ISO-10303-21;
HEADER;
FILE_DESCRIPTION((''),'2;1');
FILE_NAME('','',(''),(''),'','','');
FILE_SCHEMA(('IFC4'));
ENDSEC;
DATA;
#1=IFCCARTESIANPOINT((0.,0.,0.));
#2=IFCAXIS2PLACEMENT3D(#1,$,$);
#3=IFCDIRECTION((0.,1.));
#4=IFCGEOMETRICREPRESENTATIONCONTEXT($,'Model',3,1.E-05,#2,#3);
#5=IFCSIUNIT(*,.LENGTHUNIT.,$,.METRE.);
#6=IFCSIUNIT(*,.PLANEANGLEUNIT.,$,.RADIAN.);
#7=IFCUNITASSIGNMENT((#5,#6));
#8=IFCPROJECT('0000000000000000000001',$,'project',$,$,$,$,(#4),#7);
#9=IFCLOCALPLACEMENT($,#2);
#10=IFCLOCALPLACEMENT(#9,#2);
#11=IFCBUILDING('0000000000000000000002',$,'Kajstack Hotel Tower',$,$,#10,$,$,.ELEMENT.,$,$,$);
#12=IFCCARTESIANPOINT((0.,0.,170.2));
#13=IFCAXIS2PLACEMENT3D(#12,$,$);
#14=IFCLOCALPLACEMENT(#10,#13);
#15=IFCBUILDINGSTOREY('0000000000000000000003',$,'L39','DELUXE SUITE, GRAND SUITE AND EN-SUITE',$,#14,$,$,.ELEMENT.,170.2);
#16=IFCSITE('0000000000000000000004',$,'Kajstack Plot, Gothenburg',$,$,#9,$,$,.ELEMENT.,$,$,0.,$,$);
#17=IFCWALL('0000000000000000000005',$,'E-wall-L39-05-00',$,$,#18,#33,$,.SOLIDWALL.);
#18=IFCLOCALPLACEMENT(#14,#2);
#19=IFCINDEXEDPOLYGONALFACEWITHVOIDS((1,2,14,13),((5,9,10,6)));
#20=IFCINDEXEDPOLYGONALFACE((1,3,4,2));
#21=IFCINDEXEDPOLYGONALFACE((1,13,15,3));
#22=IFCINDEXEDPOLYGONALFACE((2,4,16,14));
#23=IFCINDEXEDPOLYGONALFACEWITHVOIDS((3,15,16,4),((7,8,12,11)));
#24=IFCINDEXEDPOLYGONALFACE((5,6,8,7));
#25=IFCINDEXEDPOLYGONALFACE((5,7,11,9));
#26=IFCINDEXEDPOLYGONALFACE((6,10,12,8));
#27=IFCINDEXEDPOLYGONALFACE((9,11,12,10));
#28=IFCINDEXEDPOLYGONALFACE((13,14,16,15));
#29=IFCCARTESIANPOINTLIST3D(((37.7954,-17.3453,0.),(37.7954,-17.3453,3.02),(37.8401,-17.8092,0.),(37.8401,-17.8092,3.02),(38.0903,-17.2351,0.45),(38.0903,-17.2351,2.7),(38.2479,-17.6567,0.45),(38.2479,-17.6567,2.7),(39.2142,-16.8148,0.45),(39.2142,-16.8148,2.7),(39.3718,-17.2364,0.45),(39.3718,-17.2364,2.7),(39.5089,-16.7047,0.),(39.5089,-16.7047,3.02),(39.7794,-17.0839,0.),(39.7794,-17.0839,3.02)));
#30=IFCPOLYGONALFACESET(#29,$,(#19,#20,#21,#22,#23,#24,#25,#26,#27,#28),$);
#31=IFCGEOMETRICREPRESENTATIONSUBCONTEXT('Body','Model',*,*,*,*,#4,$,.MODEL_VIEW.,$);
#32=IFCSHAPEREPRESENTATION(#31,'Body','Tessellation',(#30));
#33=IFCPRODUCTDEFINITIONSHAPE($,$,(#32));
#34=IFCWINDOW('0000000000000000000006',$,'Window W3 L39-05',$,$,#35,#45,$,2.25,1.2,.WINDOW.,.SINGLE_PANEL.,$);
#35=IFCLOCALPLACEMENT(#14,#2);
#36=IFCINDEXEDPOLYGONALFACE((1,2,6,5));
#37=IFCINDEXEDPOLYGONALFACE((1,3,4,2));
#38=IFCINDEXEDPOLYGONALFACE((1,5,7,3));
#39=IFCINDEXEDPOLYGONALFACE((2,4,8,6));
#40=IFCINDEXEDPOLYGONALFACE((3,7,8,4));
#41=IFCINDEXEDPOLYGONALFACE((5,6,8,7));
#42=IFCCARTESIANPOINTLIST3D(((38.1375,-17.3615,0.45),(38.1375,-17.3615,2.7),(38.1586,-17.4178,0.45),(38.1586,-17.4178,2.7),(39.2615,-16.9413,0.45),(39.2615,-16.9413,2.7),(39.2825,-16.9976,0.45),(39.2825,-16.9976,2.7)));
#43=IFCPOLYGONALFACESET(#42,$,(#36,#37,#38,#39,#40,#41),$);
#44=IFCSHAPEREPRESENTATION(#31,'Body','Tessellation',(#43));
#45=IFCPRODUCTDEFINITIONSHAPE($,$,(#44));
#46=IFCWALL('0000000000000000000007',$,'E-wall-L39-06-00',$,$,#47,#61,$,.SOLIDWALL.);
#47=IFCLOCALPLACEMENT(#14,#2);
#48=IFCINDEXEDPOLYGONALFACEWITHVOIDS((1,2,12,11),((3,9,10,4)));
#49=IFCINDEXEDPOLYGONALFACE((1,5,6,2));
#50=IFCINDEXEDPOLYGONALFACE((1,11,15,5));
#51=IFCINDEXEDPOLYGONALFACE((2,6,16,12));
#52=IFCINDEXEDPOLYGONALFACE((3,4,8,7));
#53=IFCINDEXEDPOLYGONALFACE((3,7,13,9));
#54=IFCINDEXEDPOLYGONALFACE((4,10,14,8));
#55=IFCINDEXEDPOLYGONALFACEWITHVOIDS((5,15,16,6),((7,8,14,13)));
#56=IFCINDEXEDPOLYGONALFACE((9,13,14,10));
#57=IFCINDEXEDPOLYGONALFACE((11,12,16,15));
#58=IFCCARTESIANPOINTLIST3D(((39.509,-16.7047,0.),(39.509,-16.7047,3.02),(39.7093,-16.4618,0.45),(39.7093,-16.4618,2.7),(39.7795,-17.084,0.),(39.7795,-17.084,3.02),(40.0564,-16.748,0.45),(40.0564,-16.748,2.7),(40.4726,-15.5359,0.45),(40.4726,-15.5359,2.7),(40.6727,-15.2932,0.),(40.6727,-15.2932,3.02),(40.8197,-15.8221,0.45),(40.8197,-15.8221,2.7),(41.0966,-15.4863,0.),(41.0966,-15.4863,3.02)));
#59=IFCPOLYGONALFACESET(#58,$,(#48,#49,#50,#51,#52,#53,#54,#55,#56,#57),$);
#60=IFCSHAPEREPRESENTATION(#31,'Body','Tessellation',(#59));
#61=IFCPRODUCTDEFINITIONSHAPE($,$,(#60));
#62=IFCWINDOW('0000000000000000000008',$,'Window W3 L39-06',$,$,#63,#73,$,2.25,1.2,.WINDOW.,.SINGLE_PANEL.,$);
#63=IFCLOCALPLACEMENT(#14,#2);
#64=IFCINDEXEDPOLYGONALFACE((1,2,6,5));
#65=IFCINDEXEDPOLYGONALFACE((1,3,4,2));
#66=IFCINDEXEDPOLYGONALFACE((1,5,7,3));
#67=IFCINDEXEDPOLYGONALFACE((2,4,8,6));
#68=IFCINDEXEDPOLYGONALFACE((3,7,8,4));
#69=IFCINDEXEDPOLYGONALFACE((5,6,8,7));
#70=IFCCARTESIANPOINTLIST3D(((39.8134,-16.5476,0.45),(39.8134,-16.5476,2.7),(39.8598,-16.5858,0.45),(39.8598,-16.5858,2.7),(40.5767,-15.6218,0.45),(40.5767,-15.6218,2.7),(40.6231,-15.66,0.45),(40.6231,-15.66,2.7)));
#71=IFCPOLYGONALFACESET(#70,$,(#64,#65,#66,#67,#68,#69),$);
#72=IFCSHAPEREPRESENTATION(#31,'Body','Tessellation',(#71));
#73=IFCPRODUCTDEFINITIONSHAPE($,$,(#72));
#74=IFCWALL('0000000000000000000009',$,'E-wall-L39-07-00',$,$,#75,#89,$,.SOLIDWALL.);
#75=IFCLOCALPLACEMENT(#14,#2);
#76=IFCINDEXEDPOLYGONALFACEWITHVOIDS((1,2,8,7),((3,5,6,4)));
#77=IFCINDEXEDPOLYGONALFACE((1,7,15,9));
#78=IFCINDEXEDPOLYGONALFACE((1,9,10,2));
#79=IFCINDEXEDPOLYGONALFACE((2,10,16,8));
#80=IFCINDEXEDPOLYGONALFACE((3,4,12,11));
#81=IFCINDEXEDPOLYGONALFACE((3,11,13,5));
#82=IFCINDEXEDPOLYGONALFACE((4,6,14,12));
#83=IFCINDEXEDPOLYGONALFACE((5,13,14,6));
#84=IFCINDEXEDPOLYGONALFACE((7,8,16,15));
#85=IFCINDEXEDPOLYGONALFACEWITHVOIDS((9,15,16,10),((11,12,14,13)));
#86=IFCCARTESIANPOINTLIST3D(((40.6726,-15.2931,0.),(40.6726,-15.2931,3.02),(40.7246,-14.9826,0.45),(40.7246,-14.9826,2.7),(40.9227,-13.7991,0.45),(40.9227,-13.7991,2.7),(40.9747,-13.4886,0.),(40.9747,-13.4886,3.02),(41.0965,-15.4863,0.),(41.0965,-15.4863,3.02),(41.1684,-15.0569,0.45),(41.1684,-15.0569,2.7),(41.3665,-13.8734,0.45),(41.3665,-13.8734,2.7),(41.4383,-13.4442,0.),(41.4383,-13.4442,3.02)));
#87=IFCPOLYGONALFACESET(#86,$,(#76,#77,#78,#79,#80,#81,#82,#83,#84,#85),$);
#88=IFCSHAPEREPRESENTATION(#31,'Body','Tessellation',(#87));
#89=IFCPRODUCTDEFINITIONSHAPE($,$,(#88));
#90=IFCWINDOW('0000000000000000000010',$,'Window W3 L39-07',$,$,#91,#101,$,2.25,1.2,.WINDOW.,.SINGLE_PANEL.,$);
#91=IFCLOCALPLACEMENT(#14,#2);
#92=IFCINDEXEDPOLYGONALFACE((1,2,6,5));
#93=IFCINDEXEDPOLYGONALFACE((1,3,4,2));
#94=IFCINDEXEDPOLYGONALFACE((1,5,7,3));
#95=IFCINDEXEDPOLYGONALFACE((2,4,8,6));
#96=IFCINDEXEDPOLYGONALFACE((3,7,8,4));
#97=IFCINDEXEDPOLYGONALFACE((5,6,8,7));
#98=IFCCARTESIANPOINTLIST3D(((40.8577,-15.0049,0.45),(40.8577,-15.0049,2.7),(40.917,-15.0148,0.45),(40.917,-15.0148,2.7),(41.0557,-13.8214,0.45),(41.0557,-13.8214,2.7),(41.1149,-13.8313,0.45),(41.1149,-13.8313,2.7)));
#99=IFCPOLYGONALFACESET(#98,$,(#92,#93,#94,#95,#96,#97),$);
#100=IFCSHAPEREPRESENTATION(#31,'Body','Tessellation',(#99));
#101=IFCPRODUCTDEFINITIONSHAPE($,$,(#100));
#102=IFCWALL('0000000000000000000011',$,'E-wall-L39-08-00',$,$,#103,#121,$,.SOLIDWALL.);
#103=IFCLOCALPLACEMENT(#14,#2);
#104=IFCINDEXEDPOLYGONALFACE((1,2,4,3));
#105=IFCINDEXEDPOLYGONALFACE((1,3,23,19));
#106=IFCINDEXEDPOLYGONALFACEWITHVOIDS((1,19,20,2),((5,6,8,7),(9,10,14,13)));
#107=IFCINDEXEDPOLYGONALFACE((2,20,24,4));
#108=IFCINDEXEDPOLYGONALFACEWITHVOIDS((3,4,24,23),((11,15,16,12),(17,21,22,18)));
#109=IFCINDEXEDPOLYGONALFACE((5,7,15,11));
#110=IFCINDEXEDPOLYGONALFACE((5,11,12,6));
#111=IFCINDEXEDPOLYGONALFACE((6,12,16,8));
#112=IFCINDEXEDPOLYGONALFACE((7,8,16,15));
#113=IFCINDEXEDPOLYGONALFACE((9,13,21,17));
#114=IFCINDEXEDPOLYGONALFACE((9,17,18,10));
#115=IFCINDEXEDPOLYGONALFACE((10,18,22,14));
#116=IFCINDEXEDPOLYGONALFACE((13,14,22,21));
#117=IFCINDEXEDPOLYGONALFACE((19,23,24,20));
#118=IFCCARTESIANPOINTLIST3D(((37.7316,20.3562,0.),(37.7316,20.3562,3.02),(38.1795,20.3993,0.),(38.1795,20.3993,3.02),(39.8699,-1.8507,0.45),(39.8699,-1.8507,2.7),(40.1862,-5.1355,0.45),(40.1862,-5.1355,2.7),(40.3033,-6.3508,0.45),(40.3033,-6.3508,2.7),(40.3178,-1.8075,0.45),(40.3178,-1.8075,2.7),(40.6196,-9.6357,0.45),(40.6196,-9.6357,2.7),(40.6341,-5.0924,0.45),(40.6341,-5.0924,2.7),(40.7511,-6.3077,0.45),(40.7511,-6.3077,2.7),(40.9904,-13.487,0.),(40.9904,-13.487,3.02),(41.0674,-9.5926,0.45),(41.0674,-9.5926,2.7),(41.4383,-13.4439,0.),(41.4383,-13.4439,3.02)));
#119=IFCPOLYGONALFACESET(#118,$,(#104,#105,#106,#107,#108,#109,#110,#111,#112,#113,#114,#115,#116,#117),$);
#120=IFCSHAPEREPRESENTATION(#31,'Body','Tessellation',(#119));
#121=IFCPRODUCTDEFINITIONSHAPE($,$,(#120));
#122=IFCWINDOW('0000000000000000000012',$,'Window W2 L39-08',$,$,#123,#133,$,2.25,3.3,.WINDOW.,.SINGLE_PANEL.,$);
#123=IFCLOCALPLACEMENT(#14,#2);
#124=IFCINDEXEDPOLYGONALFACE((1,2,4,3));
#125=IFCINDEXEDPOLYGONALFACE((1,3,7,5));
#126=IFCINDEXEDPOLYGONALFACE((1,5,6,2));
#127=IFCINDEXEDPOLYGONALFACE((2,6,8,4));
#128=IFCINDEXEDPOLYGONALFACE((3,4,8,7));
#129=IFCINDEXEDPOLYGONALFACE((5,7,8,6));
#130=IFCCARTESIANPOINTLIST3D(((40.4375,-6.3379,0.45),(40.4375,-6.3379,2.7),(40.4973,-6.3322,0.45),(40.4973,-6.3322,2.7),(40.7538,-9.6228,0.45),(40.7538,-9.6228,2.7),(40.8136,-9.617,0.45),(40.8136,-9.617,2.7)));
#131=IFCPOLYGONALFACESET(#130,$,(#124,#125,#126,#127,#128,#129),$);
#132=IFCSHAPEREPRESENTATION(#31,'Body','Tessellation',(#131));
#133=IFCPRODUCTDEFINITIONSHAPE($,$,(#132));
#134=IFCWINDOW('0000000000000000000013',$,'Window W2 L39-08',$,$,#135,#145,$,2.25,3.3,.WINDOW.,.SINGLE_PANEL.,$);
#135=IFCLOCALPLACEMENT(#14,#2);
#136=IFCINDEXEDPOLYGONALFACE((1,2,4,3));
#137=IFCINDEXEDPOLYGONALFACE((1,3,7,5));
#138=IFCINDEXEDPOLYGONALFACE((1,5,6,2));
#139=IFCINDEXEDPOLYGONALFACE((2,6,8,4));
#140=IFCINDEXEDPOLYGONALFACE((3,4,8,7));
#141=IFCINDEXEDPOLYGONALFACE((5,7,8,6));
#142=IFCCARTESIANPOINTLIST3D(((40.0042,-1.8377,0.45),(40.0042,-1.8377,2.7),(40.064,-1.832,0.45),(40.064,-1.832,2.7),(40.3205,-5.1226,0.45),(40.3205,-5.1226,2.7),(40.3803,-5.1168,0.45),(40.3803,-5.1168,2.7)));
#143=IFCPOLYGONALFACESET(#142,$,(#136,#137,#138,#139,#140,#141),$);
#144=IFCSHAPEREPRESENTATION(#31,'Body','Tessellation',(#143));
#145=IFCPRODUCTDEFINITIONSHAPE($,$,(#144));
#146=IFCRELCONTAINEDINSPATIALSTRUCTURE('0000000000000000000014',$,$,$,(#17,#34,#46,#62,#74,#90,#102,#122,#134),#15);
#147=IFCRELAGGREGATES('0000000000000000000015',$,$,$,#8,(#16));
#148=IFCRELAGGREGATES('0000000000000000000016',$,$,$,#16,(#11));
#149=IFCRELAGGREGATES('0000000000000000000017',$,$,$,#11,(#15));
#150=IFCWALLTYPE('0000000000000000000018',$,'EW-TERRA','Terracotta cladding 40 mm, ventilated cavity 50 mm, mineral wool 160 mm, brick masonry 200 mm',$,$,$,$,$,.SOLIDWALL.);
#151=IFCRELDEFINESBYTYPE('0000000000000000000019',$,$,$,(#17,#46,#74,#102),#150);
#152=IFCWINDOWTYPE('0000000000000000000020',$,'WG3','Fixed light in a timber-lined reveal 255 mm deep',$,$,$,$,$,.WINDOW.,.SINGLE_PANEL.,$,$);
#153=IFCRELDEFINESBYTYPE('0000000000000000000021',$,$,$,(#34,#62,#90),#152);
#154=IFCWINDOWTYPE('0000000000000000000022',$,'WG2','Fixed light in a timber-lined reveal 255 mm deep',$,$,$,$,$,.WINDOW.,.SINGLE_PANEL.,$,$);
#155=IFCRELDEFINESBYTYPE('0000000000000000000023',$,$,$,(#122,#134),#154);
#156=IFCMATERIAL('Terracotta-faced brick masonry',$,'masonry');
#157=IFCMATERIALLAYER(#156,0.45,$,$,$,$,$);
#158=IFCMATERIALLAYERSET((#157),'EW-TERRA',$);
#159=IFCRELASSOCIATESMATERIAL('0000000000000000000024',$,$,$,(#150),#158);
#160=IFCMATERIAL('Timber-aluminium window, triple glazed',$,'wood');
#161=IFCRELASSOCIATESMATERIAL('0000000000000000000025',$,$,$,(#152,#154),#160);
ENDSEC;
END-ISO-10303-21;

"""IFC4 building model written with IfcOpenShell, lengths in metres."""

from ifc_helpers import new_model, si_unit, direction, frame, frame_2d, origin, place, context, subcontext, project, spatial, polyline, rectangle, outline, extrude, material, layer, layer_set, type_object, element, fill, save


model = new_model("IFC4")

# Units and contexts
model_context = context("Model", 3, precision=1e-05, world=origin(), true_north=direction((0.0, 1.0)))
body_context = subcontext(model_context, "Body", "Model", "MODEL_VIEW")
ifc_project = project(units=[si_unit("LENGTHUNIT", "METRE"), si_unit("PLANEANGLEUNIT", "RADIAN")], contexts=[model_context])

# Site, building, storey
site_placement = place(None, origin())
site = spatial("IfcSite", under=ifc_project, at=site_placement, Name="Kajstack Plot, Gothenburg", CompositionType="ELEMENT", RefElevation=0.0)
building_placement = place(site_placement, origin())
building = spatial("IfcBuilding", under=site, at=building_placement, Name="Kajstack Hotel Tower", CompositionType="ELEMENT")
storey_placement = place(building_placement, frame((0.0, 0.0, 170.2)))
storey = spatial("IfcBuildingStorey", under=building, at=storey_placement, Name="L39", Description="DELUXE SUITE, GRAND SUITE AND EN-SUITE", CompositionType="ELEMENT", Elevation=170.2)

# Walls, openings, windows
ifc_material_1 = material(Name="Terracotta-faced brick masonry", Category="masonry")
ifc_layer_1 = layer(ifc_material_1, 0.45)
ifc_layer_set_1 = layer_set([ifc_layer_1], Name="EW-TERRA")
wall_type_1 = type_object("IfcWallType", Name="EW-TERRA", Description="Terracotta cladding 40 mm, ventilated cavity 50 mm, mineral wool 160 mm, brick masonry 200 mm", PredefinedType="SOLIDWALL", material=ifc_layer_set_1)
wall_1_placement = place(storey_placement, frame((37.7612, -17.5984, 0.0), z_axis=(0.0, 0.0, 1.0), x_axis=(0.936678, 0.350193, 0.0)))
wall_1 = element("IfcWall", 1, at=wall_1_placement, inside=storey, type_object=wall_type_1, Name="E-wall-L39-05-00", PredefinedType="SOLIDWALL", context=body_context, shape_type="SweptSolid", body=[
    extrude(outline(polyline([(0.0, -0.2251), (2.0706, -0.2249), (1.95, 0.2251), (0.1206, 0.2251), (0.0, -0.2251)])), origin(), (0.0, 0.0, 1.0), 3.02),
])
opening_1_placement = place(wall_1_placement, frame((0.4353, 0.0, 0.45)))
opening_1 = element("IfcOpeningElement", 2, at=opening_1_placement, cuts=wall_1, PredefinedType="OPENING", context=body_context, shape_type="SweptSolid", body=[
    extrude(rectangle(XDim=1.2, YDim=2.25, at=frame_2d((0.6001, 1.125))), frame((0.0, 0.2349, 0.0), z_axis=(0.0, -1.0, 0.0), x_axis=(1.0, 0.0, 0.0)), (0.0, 0.0, 1.0), 0.47),
])
ifc_material_2 = material(Name="Timber-aluminium window, triple glazed", Category="wood")
window_type_1 = type_object("IfcWindowType", Name="WG3", Description="Fixed light in a timber-lined reveal 255 mm deep", PartitioningType="SINGLE_PANEL", PredefinedType="WINDOW", material=ifc_material_2)
window_1_placement = place(opening_1_placement, origin())
window_1 = element("IfcWindow", 3, at=window_1_placement, inside=storey, type_object=window_type_1, Name="Window W3 L39-05", OverallHeight=2.25, OverallWidth=1.2, PartitioningType="SINGLE_PANEL", PredefinedType="WINDOW", context=body_context, shape_type="SweptSolid", body=[
    extrude(rectangle(XDim=1.2, YDim=2.25, at=frame_2d((0.6001, 1.125))), frame((0.0, 0.0901, 0.0), z_axis=(0.0, -1.0, 0.0), x_axis=(1.0, 0.0, 0.0)), (0.0, 0.0, 1.0), 0.0601),
])
fill(opening_1, window_1)
wall_2_placement = place(storey_placement, frame((39.606, -16.9409, 0.0), z_axis=(0.0, 0.0, 1.0), x_axis=(0.636116, 0.771593, 0.0)))
wall_2 = element("IfcWall", 4, at=wall_2_placement, inside=storey, type_object=wall_type_1, Name="E-wall-L39-06-00", PredefinedType="SOLIDWALL", context=body_context, shape_type="SweptSolid", body=[
    extrude(outline(polyline([(0.0, -0.2249), (2.0706, -0.2249), (1.95, 0.2251), (0.1206, 0.2251), (0.0, -0.2249)])), origin(), (0.0, 0.0, 1.0), 3.02),
])
opening_2_placement = place(wall_2_placement, frame((0.4353, 0.0, 0.45)))
opening_2 = element("IfcOpeningElement", 5, at=opening_2_placement, cuts=wall_2, PredefinedType="OPENING", context=body_context, shape_type="SweptSolid", body=[
    extrude(rectangle(XDim=1.2, YDim=2.25, at=frame_2d((0.6001, 1.125))), frame((0.0, 0.2349, 0.0), z_axis=(0.0, -1.0, 0.0), x_axis=(1.0, 0.0, 0.0)), (0.0, 0.0, 1.0), 0.47),
])
window_2_placement = place(opening_2_placement, origin())
window_2 = element("IfcWindow", 6, at=window_2_placement, inside=storey, type_object=window_type_1, Name="Window W3 L39-06", OverallHeight=2.25, OverallWidth=1.2, PartitioningType="SINGLE_PANEL", PredefinedType="WINDOW", context=body_context, shape_type="SweptSolid", body=[
    extrude(rectangle(XDim=1.2, YDim=2.25, at=frame_2d((0.6001, 1.125))), frame((0.0, 0.0901, 0.0), z_axis=(0.0, -1.0, 0.0), x_axis=(1.0, 0.0, 0.0)), (0.0, 0.0, 1.0), 0.0601),
])
fill(opening_2, window_2)
wall_3_placement = place(storey_placement, frame((40.8748, -15.4492, 0.0), z_axis=(0.0, 0.0, 1.0), x_axis=(0.164953, 0.986301, 0.0)))
wall_3 = element("IfcWall", 7, at=wall_3_placement, inside=storey, type_object=wall_type_1, Name="E-wall-L39-07-00", PredefinedType="SOLIDWALL", context=body_context, shape_type="SweptSolid", body=[
    extrude(outline(polyline([(0.0, -0.2249), (2.0706, -0.2251), (1.9502, 0.2249), (0.1206, 0.2251), (0.0, -0.2249)])), origin(), (0.0, 0.0, 1.0), 3.02),
])
opening_3_placement = place(wall_3_placement, frame((0.4353, 0.0, 0.45)))
opening_3 = element("IfcOpeningElement", 8, at=opening_3_placement, cuts=wall_3, PredefinedType="OPENING", context=body_context, shape_type="SweptSolid", body=[
    extrude(rectangle(XDim=1.2, YDim=2.25, at=frame_2d((0.6001, 1.125))), frame((0.0, 0.2349, 0.0), z_axis=(0.0, -1.0, 0.0), x_axis=(1.0, 0.0, 0.0)), (0.0, 0.0, 1.0), 0.47),
])
window_3_placement = place(opening_3_placement, origin())
window_3 = element("IfcWindow", 9, at=window_3_placement, inside=storey, type_object=window_type_1, Name="Window W3 L39-07", OverallHeight=2.25, OverallWidth=1.2, PartitioningType="SINGLE_PANEL", PredefinedType="WINDOW", context=body_context, shape_type="SweptSolid", body=[
    extrude(rectangle(XDim=1.2, YDim=2.25, at=frame_2d((0.6001, 1.125))), frame((0.0, 0.0901, 0.0), z_axis=(0.0, -1.0, 0.0), x_axis=(1.0, 0.0, 0.0)), (0.0, 0.0, 1.0), 0.0601),
])
fill(opening_3, window_3)

# Wall, openings, windows
wall_4_placement = place(storey_placement, frame((41.2144, -13.4656, 0.0), z_axis=(0.0, 0.0, 1.0), x_axis=(-0.095847, 0.995396, 0.0)))
wall_4 = element("IfcWall", 10, at=wall_4_placement, inside=storey, type_object=wall_type_1, Name="E-wall-L39-08-00", PredefinedType="SOLIDWALL", context=body_context, shape_type="SweptSolid", body=[
    extrude(rectangle(XDim=33.9998, YDim=0.45, at=frame_2d((17.0, 0.0))), origin(), (0.0, 0.0, 1.0), 3.02),
])
opening_4_placement = place(wall_4_placement, frame((3.8694, 0.0, 0.45)))
opening_4 = element("IfcOpeningElement", 11, at=opening_4_placement, cuts=wall_4, PredefinedType="OPENING", context=body_context, shape_type="SweptSolid", body=[
    extrude(rectangle(XDim=3.3, YDim=2.25, at=frame_2d((1.6499, 1.125))), frame((0.0, 0.2349, 0.0), z_axis=(0.0, -1.0, 0.0), x_axis=(1.0, 0.0, 0.0)), (0.0, 0.0, 1.0), 0.47),
])
opening_5_placement = place(wall_4_placement, frame((8.3904, 0.0, 0.45)))
opening_5 = element("IfcOpeningElement", 12, at=opening_5_placement, cuts=wall_4, PredefinedType="OPENING", context=body_context, shape_type="SweptSolid", body=[
    extrude(rectangle(XDim=3.3, YDim=2.25, at=frame_2d((1.6499, 1.125))), frame((0.0, 0.2349, 0.0), z_axis=(0.0, -1.0, 0.0), x_axis=(1.0, 0.0, 0.0)), (0.0, 0.0, 1.0), 0.47),
])
window_type_2 = type_object("IfcWindowType", Name="WG2", Description="Fixed light in a timber-lined reveal 255 mm deep", PartitioningType="SINGLE_PANEL", PredefinedType="WINDOW", material=ifc_material_2)
window_4_placement = place(opening_4_placement, origin())
window_4 = element("IfcWindow", 13, at=window_4_placement, inside=storey, type_object=window_type_2, Name="Window W2 L39-08", OverallHeight=2.25, OverallWidth=3.3, PartitioningType="SINGLE_PANEL", PredefinedType="WINDOW", context=body_context, shape_type="SweptSolid", body=[
    extrude(rectangle(XDim=3.3, YDim=2.25, at=frame_2d((1.6499, 1.125))), frame((0.0, 0.0901, 0.0), z_axis=(0.0, -1.0, 0.0), x_axis=(1.0, 0.0, 0.0)), (0.0, 0.0, 1.0), 0.0601),
])
fill(opening_4, window_4)
window_5_placement = place(opening_5_placement, origin())
window_5 = element("IfcWindow", 14, at=window_5_placement, inside=storey, type_object=window_type_2, Name="Window W2 L39-08", OverallHeight=2.25, OverallWidth=3.3, PartitioningType="SINGLE_PANEL", PredefinedType="WINDOW", context=body_context, shape_type="SweptSolid", body=[
    extrude(rectangle(XDim=3.3, YDim=2.25, at=frame_2d((1.6499, 1.125))), frame((0.0, 0.0901, 0.0), z_axis=(0.0, -1.0, 0.0), x_axis=(1.0, 0.0, 0.0)), (0.0, 0.0, 1.0), 0.0601),
])
fill(opening_5, window_5)

save(model, "model.ifc")
